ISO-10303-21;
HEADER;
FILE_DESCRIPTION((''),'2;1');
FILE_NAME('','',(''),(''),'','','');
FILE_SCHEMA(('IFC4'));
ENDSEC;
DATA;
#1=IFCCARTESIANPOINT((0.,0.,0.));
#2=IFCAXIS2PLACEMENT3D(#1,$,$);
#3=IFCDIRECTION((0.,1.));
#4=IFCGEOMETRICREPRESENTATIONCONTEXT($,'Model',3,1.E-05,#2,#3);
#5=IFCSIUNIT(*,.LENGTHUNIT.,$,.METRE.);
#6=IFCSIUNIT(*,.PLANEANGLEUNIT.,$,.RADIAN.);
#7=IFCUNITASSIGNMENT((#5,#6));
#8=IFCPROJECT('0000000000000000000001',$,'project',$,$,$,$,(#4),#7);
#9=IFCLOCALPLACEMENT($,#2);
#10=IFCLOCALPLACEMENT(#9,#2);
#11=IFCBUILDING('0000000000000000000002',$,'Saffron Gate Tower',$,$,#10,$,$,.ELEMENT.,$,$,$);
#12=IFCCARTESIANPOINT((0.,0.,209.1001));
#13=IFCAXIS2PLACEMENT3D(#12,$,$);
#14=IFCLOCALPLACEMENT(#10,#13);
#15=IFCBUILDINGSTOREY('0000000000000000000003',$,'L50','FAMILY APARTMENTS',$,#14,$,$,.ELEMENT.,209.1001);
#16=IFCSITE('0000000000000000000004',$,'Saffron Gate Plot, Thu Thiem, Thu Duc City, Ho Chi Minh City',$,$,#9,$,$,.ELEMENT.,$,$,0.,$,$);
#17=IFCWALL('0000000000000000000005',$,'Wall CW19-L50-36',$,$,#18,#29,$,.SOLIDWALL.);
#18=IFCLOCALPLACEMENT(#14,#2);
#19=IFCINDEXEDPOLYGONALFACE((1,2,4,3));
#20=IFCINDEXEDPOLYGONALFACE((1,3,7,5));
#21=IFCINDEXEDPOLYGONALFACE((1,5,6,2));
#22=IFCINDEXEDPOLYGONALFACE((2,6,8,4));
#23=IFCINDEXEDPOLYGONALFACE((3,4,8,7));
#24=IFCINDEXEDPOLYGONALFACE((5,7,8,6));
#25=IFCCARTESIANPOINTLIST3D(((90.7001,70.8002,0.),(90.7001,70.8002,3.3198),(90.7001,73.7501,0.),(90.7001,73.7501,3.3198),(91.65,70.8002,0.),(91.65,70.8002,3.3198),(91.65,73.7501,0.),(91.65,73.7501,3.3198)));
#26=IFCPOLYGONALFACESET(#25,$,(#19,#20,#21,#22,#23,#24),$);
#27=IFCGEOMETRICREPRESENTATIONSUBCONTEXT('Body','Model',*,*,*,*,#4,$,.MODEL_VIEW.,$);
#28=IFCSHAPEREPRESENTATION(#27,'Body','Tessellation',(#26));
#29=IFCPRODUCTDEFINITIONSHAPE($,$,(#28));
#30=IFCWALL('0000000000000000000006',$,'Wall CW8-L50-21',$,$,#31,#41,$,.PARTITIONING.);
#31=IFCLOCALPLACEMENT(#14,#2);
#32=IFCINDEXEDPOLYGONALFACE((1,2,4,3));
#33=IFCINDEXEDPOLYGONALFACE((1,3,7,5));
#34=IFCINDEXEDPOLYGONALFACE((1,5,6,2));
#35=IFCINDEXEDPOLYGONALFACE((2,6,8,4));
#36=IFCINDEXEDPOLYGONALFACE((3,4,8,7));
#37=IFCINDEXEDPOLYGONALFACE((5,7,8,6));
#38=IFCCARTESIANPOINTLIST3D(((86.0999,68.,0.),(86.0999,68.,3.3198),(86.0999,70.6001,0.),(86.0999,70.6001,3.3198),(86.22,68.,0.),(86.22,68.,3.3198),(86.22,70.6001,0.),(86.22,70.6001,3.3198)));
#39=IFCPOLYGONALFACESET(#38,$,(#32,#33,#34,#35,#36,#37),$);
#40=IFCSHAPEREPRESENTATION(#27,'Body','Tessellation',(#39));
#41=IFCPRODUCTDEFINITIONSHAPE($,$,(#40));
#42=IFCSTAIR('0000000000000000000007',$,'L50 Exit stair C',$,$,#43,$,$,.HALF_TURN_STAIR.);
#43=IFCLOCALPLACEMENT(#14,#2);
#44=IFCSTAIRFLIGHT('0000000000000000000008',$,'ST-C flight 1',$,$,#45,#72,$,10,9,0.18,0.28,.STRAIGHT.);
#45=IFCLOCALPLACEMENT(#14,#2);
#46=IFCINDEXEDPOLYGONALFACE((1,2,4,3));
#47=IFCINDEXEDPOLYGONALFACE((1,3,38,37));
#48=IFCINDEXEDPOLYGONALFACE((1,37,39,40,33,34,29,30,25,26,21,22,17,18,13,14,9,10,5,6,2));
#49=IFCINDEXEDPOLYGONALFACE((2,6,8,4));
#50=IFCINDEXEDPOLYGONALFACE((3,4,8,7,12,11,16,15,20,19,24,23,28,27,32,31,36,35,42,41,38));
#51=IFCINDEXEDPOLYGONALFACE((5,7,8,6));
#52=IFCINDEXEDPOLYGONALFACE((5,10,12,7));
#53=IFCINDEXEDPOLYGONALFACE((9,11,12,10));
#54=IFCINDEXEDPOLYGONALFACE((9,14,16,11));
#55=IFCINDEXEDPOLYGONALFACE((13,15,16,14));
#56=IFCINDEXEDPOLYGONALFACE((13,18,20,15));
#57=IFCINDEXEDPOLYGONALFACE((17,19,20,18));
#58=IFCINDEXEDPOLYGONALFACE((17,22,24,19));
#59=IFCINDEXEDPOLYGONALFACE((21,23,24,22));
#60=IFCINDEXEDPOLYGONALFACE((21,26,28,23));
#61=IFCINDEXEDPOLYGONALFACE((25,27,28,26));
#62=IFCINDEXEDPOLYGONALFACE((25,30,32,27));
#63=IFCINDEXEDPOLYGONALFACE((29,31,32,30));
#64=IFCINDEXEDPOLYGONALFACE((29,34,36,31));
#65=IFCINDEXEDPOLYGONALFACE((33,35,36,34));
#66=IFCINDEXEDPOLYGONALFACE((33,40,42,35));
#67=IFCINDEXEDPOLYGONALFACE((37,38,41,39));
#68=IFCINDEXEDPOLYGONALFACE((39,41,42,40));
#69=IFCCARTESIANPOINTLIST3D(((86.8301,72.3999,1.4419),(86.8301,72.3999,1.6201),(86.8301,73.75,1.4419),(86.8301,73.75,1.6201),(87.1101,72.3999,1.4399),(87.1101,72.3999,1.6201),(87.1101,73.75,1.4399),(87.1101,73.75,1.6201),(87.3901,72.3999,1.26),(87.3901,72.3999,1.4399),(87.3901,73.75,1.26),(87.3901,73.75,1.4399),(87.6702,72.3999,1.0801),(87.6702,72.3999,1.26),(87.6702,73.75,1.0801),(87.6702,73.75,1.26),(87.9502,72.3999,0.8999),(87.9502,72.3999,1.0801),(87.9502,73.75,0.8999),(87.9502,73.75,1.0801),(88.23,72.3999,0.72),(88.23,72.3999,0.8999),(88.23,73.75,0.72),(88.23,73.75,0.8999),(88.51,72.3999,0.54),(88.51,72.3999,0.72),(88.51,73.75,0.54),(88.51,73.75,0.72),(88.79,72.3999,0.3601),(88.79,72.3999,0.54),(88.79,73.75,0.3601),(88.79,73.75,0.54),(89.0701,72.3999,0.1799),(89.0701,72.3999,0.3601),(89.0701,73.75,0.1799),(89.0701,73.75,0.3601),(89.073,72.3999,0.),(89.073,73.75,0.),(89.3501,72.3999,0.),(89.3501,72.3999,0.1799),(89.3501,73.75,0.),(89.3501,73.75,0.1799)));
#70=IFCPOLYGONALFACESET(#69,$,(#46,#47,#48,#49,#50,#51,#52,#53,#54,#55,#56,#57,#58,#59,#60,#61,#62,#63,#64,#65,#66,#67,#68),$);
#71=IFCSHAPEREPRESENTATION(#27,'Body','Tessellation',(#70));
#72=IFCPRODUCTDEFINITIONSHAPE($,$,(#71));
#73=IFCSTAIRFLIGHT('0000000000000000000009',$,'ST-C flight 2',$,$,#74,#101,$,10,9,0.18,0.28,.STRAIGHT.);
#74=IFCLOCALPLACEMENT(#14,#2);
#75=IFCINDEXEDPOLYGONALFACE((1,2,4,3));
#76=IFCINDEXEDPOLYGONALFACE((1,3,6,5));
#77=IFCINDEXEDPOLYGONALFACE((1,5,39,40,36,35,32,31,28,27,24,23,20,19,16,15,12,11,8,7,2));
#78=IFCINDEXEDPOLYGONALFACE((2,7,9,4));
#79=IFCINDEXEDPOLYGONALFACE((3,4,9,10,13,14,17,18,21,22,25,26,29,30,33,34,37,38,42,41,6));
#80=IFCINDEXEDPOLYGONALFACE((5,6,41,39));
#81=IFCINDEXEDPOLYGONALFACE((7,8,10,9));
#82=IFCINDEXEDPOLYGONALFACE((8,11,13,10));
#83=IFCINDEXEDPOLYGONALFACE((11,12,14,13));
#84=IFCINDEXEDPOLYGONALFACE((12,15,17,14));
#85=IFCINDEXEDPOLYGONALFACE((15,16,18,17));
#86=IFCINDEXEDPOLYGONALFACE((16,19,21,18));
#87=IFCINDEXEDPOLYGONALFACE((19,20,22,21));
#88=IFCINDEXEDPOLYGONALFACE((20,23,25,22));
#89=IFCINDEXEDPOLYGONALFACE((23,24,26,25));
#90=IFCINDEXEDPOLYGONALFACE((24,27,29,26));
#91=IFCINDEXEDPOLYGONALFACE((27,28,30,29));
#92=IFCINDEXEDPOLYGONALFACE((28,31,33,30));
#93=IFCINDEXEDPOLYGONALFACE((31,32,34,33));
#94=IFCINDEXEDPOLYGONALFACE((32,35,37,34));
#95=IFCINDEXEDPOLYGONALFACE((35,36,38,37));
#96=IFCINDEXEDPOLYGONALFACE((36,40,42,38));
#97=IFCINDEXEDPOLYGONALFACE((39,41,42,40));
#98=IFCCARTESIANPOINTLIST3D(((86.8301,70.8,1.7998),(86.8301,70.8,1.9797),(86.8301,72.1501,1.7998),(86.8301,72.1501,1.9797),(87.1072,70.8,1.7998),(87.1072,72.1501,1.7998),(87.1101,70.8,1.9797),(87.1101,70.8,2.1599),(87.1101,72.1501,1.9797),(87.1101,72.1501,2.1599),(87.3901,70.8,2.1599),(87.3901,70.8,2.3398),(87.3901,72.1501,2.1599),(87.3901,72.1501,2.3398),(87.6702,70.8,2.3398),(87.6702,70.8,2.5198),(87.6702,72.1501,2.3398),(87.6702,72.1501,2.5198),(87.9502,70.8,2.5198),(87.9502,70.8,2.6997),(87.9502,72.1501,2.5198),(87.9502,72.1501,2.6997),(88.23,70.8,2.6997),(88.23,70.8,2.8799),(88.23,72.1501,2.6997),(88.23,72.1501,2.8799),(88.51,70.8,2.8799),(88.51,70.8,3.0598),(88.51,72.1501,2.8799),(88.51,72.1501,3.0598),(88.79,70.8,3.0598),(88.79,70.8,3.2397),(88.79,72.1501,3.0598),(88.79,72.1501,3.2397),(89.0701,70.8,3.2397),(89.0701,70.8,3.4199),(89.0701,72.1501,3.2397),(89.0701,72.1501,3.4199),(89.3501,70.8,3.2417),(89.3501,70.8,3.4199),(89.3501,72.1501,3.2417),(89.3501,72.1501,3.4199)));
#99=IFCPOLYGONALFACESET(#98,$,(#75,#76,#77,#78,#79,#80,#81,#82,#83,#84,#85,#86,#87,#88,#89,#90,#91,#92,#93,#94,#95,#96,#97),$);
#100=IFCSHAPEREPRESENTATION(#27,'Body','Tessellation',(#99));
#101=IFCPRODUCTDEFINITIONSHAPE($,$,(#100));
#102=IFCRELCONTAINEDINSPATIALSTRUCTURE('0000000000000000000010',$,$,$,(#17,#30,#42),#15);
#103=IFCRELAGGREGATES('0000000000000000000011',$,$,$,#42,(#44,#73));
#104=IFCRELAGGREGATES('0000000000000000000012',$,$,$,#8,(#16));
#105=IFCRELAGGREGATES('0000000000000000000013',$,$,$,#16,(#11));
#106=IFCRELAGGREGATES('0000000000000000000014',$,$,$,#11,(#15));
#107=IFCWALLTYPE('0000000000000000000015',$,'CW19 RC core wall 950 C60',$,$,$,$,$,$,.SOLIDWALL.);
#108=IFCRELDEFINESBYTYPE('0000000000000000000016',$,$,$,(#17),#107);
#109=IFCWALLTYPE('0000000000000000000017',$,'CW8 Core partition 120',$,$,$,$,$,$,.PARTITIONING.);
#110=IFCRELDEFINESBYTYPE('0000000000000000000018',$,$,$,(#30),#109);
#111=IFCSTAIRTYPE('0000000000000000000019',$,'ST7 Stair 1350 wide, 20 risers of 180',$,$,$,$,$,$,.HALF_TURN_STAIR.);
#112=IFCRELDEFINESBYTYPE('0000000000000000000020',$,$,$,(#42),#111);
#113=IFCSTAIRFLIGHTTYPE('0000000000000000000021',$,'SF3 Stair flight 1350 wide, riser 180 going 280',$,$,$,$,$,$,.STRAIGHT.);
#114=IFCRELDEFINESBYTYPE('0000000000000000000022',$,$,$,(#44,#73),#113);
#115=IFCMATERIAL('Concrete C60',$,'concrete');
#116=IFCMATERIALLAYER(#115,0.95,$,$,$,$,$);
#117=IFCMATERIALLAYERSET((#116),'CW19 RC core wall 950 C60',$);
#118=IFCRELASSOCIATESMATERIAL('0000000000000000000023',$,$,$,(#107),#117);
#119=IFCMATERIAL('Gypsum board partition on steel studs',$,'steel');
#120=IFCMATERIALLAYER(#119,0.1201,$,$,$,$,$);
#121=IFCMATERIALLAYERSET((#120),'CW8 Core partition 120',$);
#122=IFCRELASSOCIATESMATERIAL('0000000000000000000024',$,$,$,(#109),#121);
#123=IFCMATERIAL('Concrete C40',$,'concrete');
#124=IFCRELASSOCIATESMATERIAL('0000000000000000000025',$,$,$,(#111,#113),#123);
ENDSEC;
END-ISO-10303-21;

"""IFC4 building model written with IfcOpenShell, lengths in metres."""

from ifc_helpers import new_model, si_unit, direction, frame, frame_2d, origin, place, context, subcontext, project, spatial, polyline, rectangle, outline, extrude, material, layer, layer_set, type_object, element, aggregate, save


model = new_model("IFC4")

# Units and contexts
model_context = context("Model", 3, precision=1e-05, world=origin(), true_north=direction((0.0, 1.0)))
body_context = subcontext(model_context, "Body", "Model", "MODEL_VIEW")
ifc_project = project(units=[si_unit("LENGTHUNIT", "METRE"), si_unit("PLANEANGLEUNIT", "RADIAN")], contexts=[model_context])

# Site, building, storey
site_placement = place(None, origin())
site = spatial("IfcSite", under=ifc_project, at=site_placement, Name="Saffron Gate Plot, Thu Thiem, Thu Duc City, Ho Chi Minh City", CompositionType="ELEMENT", RefElevation=0.0)
building_placement = place(site_placement, origin())
building = spatial("IfcBuilding", under=site, at=building_placement, Name="Saffron Gate Tower", CompositionType="ELEMENT")
storey_placement = place(building_placement, frame((0.0, 0.0, 209.1001)))
storey = spatial("IfcBuildingStorey", under=building, at=storey_placement, Name="L50", Description="FAMILY APARTMENTS", CompositionType="ELEMENT", Elevation=209.1001)

# Shared definitions
ifc_material_1 = material(Name="Gypsum board partition on steel studs", Category="steel")
ifc_material_2 = material(Name="Concrete C60", Category="concrete")

# Walls
ifc_layer_1 = layer(ifc_material_2, 0.95)
ifc_layer_set_1 = layer_set([ifc_layer_1], Name="CW19 RC core wall 950 C60")
wall_type_1 = type_object("IfcWallType", Name="CW19 RC core wall 950 C60", PredefinedType="SOLIDWALL", material=ifc_layer_set_1)
wall_1_placement = place(storey_placement, frame((91.175, 70.8, 0.0), z_axis=(0.0, 0.0, 1.0), x_axis=(0.0, 1.0, 0.0)))
element("IfcWall", 1, at=wall_1_placement, inside=storey, type_object=wall_type_1, Name="Wall CW19-L50-36", PredefinedType="SOLIDWALL", context=body_context, shape_type="SweptSolid", body=[
    extrude(rectangle(XDim=2.95, YDim=0.95, at=frame_2d((1.4751, 0.0))), origin(), (0.0, 0.0, 1.0), 3.3198),
])
ifc_layer_2 = layer(ifc_material_1, 0.1201)
ifc_layer_set_2 = layer_set([ifc_layer_2], Name="CW8 Core partition 120")
wall_type_2 = type_object("IfcWallType", Name="CW8 Core partition 120", PredefinedType="PARTITIONING", material=ifc_layer_set_2)
wall_2_placement = place(storey_placement, frame((86.1599, 68.0, 0.0), z_axis=(0.0, 0.0, 1.0), x_axis=(0.0, 1.0, 0.0)))
element("IfcWall", 2, at=wall_2_placement, inside=storey, type_object=wall_type_2, Name="Wall CW8-L50-21", PredefinedType="PARTITIONING", context=body_context, shape_type="SweptSolid", body=[
    extrude(rectangle(XDim=2.6001, YDim=0.1201, at=frame_2d((1.3, 0.0))), origin(), (0.0, 0.0, 1.0), 3.3198),
])

# Stair, stair flights
ifc_material_3 = material(Name="Concrete C40", Category="concrete")
stair_type = type_object("IfcStairType", Name="ST7 Stair 1350 wide, 20 risers of 180", PredefinedType="HALF_TURN_STAIR", material=ifc_material_3)
stair_placement = place(storey_placement, origin())
stair = element("IfcStair", 3, at=stair_placement, inside=storey, type_object=stair_type, Name="L50 Exit stair C", PredefinedType="HALF_TURN_STAIR")
stair_flight_type = type_object("IfcStairFlightType", Name="SF3 Stair flight 1350 wide, riser 180 going 280", PredefinedType="STRAIGHT", material=ifc_material_3)
stair_flight_1_placement = place(storey_placement, frame((89.3501, 73.075, 0.0), z_axis=(0.0, 0.0, 1.0), x_axis=(-1.0, 0.0, 0.0)))
stair_flight_1 = element("IfcStairFlight", 4, at=stair_flight_1_placement, type_object=stair_flight_type, Name="ST-C flight 1", NumberOfRisers=10, NumberOfTreads=9, PredefinedType="STRAIGHT", RiserHeight=0.18, TreadLength=0.28, context=body_context, shape_type="SweptSolid", body=[
    extrude(outline(polyline([(0.0, 0.0), (0.0, 0.1799), (0.28, 0.1799), (0.28, 0.3601), (0.5601, 0.3601), (0.5601, 0.54), (0.8401, 0.54), (0.8401, 0.72), (1.1201, 0.72), (1.1201, 0.8999), (1.3999, 0.8999), (1.3999, 1.0801), (1.6799, 1.0801), (1.6799, 1.26), (1.96, 1.26), (1.96, 1.4399), (2.24, 1.4399), (2.24, 1.6201), (2.52, 1.6201), (2.52, 1.8), (2.52, 1.4419), (0.2771, 0.0), (0.0, 0.0)])), frame((0.0, 0.675, 0.0), z_axis=(0.0, -1.0, 0.0), x_axis=(1.0, 0.0, 0.0)), (0.0, 0.0, 1.0), 1.3501),
])
stair_flight_2_placement = place(storey_placement, frame((86.8301, 71.4751, 1.7998), z_axis=(0.0, 0.0, 1.0), x_axis=(1.0, 0.0, 0.0)))
stair_flight_2 = element("IfcStairFlight", 5, at=stair_flight_2_placement, type_object=stair_flight_type, Name="ST-C flight 2", NumberOfRisers=10, NumberOfTreads=9, PredefinedType="STRAIGHT", RiserHeight=0.18, TreadLength=0.28, context=body_context, shape_type="SweptSolid", body=[
    extrude(outline(polyline([(0.0, 0.0), (0.0, 0.1799), (0.28, 0.1799), (0.28, 0.3601), (0.5601, 0.3601), (0.5601, 0.54), (0.8401, 0.54), (0.8401, 0.72), (1.1201, 0.72), (1.1201, 0.8999), (1.3999, 0.8999), (1.3999, 1.0801), (1.6799, 1.0801), (1.6799, 1.26), (1.96, 1.26), (1.96, 1.4399), (2.24, 1.4399), (2.24, 1.6201), (2.52, 1.6201), (2.52, 1.8), (2.52, 1.4419), (0.2771, 0.0), (0.0, 0.0)])), frame((0.0, 0.675, 0.0), z_axis=(0.0, -1.0, 0.0), x_axis=(1.0, 0.0, 0.0)), (0.0, 0.0, 1.0), 1.3501),
])
aggregate(stair, [stair_flight_1, stair_flight_2])

save(model, "model.ifc")
